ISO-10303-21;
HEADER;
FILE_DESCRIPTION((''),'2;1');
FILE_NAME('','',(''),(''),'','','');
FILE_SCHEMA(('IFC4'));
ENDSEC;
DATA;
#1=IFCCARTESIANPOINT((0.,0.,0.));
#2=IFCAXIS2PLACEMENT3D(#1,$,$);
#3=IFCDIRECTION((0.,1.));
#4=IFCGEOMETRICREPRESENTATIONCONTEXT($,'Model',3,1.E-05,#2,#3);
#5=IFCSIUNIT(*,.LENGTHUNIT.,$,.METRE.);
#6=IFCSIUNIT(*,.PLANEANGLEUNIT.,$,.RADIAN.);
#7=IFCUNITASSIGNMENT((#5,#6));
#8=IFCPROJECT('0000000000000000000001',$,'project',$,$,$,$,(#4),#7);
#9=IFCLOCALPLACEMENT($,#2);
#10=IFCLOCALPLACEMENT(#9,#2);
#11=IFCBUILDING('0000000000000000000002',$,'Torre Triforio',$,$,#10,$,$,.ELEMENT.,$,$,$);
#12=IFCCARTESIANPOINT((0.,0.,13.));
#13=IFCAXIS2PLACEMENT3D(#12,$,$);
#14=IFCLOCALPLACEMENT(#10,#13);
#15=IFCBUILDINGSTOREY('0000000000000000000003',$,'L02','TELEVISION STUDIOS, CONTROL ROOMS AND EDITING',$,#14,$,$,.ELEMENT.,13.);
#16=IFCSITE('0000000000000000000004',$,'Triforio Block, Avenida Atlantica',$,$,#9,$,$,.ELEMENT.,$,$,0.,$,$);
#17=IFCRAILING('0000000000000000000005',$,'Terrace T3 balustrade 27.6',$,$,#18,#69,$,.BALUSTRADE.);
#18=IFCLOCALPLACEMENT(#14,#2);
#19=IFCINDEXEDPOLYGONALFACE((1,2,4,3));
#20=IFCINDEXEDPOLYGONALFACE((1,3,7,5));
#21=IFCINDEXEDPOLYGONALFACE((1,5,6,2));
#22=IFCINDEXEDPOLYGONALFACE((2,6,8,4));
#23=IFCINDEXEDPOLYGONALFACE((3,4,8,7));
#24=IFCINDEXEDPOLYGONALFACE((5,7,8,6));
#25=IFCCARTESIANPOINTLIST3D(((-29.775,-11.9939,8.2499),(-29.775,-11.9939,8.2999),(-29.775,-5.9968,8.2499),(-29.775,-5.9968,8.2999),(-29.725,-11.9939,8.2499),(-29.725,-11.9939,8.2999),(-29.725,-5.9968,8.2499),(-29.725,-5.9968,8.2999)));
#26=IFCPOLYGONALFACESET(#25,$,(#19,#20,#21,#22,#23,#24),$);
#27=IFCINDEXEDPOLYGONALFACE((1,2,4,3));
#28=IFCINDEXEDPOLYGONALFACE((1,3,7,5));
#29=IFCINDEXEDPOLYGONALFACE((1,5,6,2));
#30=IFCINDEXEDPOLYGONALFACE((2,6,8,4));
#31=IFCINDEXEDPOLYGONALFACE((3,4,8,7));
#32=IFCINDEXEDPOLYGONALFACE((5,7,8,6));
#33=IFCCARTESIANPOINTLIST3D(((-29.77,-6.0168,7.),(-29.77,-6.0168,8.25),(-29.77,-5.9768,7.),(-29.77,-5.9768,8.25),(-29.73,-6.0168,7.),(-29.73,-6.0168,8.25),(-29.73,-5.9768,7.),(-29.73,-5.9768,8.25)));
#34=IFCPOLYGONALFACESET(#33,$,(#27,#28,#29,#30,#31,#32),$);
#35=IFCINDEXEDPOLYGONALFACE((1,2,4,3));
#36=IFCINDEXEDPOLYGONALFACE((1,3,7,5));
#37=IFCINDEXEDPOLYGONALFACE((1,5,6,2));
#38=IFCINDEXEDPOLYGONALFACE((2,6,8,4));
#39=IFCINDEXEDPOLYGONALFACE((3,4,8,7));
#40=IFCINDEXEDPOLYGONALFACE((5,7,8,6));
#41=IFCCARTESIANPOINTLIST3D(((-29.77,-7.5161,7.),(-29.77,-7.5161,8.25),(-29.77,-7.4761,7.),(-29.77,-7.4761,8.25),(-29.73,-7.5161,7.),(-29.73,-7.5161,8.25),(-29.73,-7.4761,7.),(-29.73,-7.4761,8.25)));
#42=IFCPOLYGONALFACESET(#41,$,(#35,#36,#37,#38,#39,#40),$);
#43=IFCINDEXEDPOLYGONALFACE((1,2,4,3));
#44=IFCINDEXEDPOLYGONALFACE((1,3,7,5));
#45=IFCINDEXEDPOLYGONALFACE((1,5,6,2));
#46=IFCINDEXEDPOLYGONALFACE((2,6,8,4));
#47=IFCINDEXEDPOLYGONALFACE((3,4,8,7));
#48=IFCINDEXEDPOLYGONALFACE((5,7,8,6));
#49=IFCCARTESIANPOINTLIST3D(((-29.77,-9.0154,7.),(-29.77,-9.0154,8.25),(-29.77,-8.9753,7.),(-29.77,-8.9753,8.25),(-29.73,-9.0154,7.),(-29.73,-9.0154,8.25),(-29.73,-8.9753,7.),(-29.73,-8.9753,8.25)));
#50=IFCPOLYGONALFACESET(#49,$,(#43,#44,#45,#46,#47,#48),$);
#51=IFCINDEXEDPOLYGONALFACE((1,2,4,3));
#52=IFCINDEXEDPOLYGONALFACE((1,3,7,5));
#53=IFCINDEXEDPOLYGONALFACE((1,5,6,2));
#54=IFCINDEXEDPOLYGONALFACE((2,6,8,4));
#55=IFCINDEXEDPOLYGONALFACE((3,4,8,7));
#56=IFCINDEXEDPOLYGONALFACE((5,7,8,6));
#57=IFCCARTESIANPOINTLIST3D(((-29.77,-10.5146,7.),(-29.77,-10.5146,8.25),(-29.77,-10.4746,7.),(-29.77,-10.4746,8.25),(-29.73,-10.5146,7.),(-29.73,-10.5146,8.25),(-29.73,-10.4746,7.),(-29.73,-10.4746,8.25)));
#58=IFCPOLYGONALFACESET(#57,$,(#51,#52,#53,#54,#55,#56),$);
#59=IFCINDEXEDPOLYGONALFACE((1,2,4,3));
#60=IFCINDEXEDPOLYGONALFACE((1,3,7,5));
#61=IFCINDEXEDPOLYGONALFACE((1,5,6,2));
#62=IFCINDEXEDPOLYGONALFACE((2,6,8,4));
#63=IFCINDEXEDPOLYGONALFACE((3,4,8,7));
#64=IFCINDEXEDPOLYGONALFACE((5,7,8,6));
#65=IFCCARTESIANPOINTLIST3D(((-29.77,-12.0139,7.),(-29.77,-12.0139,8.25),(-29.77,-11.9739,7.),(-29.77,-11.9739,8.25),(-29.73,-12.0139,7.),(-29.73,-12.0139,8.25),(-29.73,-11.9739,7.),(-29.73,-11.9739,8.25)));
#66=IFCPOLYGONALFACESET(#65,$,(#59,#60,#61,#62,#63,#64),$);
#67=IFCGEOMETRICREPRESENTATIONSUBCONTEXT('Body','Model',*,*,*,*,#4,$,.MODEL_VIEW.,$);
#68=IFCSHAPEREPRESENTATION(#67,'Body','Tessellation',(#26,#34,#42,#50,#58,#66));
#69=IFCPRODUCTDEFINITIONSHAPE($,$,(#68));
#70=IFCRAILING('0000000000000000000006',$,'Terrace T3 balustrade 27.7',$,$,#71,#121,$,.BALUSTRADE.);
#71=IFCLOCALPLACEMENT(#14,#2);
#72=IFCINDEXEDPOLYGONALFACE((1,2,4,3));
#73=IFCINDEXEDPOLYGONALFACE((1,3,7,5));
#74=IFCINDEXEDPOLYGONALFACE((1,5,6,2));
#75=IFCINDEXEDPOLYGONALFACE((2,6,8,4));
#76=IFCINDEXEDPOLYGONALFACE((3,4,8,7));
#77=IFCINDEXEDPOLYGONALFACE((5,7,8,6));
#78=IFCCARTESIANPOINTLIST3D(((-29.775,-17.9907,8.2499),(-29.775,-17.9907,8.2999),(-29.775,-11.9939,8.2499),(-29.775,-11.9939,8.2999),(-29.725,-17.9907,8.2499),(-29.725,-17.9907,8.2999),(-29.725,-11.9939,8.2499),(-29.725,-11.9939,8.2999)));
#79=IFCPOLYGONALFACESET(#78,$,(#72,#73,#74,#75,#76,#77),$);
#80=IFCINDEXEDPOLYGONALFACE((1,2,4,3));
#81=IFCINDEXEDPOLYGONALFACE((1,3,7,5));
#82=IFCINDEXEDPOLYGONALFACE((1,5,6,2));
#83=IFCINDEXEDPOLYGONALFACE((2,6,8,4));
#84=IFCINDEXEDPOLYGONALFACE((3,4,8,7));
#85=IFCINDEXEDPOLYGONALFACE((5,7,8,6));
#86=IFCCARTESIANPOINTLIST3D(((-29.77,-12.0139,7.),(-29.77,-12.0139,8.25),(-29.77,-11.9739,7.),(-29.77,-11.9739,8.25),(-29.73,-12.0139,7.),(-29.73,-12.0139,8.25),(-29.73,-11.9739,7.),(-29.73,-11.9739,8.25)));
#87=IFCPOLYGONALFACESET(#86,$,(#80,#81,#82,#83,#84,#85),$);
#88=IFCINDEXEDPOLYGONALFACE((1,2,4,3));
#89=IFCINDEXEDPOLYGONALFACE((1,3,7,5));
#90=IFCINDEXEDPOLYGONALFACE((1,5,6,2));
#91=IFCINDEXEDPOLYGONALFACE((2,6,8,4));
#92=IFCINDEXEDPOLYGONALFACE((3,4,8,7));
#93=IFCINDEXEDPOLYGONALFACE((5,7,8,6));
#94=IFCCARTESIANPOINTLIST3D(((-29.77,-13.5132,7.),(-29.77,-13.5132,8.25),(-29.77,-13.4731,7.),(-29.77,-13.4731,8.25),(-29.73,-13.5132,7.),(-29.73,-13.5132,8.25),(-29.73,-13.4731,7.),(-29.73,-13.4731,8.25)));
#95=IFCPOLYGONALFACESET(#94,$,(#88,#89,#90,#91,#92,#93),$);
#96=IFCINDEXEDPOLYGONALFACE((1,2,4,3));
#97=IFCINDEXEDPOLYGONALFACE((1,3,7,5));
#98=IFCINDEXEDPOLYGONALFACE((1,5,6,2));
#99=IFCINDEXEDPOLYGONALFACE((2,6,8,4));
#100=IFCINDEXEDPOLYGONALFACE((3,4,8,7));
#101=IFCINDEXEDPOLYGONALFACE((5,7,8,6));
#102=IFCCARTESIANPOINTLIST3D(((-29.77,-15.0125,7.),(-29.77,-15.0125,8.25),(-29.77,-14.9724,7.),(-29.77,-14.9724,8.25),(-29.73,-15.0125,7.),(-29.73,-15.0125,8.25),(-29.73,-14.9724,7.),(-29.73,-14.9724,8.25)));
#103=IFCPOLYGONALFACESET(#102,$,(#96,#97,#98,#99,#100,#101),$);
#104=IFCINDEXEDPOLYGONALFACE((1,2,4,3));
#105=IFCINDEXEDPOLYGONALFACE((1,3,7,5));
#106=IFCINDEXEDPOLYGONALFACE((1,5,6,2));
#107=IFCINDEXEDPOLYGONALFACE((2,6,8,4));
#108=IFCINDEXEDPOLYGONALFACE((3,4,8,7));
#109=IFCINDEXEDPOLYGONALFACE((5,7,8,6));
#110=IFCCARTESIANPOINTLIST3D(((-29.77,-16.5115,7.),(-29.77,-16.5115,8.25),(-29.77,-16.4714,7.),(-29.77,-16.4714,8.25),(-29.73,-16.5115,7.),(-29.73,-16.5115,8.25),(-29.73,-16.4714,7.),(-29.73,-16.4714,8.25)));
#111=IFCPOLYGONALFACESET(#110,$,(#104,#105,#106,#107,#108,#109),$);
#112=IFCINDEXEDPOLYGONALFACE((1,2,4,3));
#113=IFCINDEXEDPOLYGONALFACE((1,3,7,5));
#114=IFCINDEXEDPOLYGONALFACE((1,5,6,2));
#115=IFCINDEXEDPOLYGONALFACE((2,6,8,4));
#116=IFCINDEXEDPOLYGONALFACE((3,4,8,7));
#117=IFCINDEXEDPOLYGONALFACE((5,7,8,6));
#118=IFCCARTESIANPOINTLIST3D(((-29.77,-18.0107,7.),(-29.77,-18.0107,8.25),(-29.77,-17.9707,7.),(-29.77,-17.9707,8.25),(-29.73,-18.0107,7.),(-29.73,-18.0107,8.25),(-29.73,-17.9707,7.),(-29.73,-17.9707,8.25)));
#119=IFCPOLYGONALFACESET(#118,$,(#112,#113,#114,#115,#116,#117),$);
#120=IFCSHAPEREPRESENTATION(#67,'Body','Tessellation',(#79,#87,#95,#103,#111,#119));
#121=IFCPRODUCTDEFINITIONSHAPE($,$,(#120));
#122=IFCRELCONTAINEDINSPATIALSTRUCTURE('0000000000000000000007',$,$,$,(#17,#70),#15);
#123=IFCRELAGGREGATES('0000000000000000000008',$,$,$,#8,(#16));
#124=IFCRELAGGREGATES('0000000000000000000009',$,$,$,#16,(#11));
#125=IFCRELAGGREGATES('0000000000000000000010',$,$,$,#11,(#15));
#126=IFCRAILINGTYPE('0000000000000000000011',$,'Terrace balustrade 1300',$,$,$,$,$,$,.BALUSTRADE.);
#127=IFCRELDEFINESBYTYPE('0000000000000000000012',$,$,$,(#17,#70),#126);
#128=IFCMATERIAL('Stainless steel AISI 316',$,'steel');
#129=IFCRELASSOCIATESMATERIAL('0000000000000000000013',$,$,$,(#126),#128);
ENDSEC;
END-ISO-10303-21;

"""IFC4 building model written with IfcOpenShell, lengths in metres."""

from ifc_helpers import new_model, si_unit, direction, frame, origin, origin_2d, place, context, subcontext, project, spatial, rectangle, extrude, material, type_object, element, save


model = new_model("IFC4")

# Units and contexts
model_context = context("Model", 3, precision=1e-05, world=origin(), true_north=direction((0.0, 1.0)))
body_context = subcontext(model_context, "Body", "Model", "MODEL_VIEW")
ifc_project = project(units=[si_unit("LENGTHUNIT", "METRE"), si_unit("PLANEANGLEUNIT", "RADIAN")], contexts=[model_context])

# Site, building, storey
site_placement = place(None, origin())
site = spatial("IfcSite", under=ifc_project, at=site_placement, Name="Triforio Block, Avenida Atlantica", CompositionType="ELEMENT", RefElevation=0.0)
building_placement = place(site_placement, origin())
building = spatial("IfcBuilding", under=site, at=building_placement, Name="Torre Triforio", CompositionType="ELEMENT")
storey_placement = place(building_placement, frame((0.0, 0.0, 13.0)))
storey = spatial("IfcBuildingStorey", under=building, at=storey_placement, Name="L02", Description="TELEVISION STUDIOS, CONTROL ROOMS AND EDITING", CompositionType="ELEMENT", Elevation=13.0)

# Railings
ifc_material_1 = material(Name="Stainless steel AISI 316", Category="steel")
railing_type = type_object("IfcRailingType", Name="Terrace balustrade 1300", PredefinedType="BALUSTRADE", material=ifc_material_1)
railing_1_placement = place(storey_placement, frame((-29.75, -5.9968, 7.0)))
element("IfcRailing", 1, at=railing_1_placement, inside=storey, type_object=railing_type, Name="Terrace T3 balustrade 27.6", PredefinedType="BALUSTRADE", context=body_context, shape_type="SweptSolid", body=[
    extrude(rectangle(XDim=0.05, YDim=0.05, at=origin_2d()), frame((0.0, 0.0, 1.2749), z_axis=(0.0, -1.0, 0.0), x_axis=(1.0, 0.0, 0.0)), (0.0, 0.0, 1.0), 5.9971),
    extrude(rectangle(XDim=0.04, YDim=0.04, at=origin_2d()), origin(), (0.0, 0.0, 1.0), 1.25),
    extrude(rectangle(XDim=0.04, YDim=0.04, at=origin_2d()), frame((0.0, -1.4993, 0.0)), (0.0, 0.0, 1.0), 1.25),
    extrude(rectangle(XDim=0.04, YDim=0.04, at=origin_2d()), frame((0.0, -2.9985, 0.0)), (0.0, 0.0, 1.0), 1.25),
    extrude(rectangle(XDim=0.04, YDim=0.04, at=origin_2d()), frame((0.0, -4.4978, 0.0)), (0.0, 0.0, 1.0), 1.25),
    extrude(rectangle(XDim=0.04, YDim=0.04, at=origin_2d()), frame((0.0, -5.9971, 0.0)), (0.0, 0.0, 1.0), 1.25),
])
railing_2_placement = place(storey_placement, frame((-29.75, -11.9939, 7.0)))
element("IfcRailing", 2, at=railing_2_placement, inside=storey, type_object=railing_type, Name="Terrace T3 balustrade 27.7", PredefinedType="BALUSTRADE", context=body_context, shape_type="SweptSolid", body=[
    extrude(rectangle(XDim=0.05, YDim=0.05, at=origin_2d()), frame((0.0, 0.0, 1.2749), z_axis=(0.0, -1.0, 0.0), x_axis=(1.0, 0.0, 0.0)), (0.0, 0.0, 1.0), 5.9968),
    extrude(rectangle(XDim=0.04, YDim=0.04, at=origin_2d()), origin(), (0.0, 0.0, 1.0), 1.25),
    extrude(rectangle(XDim=0.04, YDim=0.04, at=origin_2d()), frame((0.0, -1.4993, 0.0)), (0.0, 0.0, 1.0), 1.25),
    extrude(rectangle(XDim=0.04, YDim=0.04, at=origin_2d()), frame((0.0, -2.9985, 0.0)), (0.0, 0.0, 1.0), 1.25),
    extrude(rectangle(XDim=0.04, YDim=0.04, at=origin_2d()), frame((0.0, -4.4976, 0.0)), (0.0, 0.0, 1.0), 1.25),
    extrude(rectangle(XDim=0.04, YDim=0.04, at=origin_2d()), frame((0.0, -5.9968, 0.0)), (0.0, 0.0, 1.0), 1.25),
])

save(model, "model.ifc")
